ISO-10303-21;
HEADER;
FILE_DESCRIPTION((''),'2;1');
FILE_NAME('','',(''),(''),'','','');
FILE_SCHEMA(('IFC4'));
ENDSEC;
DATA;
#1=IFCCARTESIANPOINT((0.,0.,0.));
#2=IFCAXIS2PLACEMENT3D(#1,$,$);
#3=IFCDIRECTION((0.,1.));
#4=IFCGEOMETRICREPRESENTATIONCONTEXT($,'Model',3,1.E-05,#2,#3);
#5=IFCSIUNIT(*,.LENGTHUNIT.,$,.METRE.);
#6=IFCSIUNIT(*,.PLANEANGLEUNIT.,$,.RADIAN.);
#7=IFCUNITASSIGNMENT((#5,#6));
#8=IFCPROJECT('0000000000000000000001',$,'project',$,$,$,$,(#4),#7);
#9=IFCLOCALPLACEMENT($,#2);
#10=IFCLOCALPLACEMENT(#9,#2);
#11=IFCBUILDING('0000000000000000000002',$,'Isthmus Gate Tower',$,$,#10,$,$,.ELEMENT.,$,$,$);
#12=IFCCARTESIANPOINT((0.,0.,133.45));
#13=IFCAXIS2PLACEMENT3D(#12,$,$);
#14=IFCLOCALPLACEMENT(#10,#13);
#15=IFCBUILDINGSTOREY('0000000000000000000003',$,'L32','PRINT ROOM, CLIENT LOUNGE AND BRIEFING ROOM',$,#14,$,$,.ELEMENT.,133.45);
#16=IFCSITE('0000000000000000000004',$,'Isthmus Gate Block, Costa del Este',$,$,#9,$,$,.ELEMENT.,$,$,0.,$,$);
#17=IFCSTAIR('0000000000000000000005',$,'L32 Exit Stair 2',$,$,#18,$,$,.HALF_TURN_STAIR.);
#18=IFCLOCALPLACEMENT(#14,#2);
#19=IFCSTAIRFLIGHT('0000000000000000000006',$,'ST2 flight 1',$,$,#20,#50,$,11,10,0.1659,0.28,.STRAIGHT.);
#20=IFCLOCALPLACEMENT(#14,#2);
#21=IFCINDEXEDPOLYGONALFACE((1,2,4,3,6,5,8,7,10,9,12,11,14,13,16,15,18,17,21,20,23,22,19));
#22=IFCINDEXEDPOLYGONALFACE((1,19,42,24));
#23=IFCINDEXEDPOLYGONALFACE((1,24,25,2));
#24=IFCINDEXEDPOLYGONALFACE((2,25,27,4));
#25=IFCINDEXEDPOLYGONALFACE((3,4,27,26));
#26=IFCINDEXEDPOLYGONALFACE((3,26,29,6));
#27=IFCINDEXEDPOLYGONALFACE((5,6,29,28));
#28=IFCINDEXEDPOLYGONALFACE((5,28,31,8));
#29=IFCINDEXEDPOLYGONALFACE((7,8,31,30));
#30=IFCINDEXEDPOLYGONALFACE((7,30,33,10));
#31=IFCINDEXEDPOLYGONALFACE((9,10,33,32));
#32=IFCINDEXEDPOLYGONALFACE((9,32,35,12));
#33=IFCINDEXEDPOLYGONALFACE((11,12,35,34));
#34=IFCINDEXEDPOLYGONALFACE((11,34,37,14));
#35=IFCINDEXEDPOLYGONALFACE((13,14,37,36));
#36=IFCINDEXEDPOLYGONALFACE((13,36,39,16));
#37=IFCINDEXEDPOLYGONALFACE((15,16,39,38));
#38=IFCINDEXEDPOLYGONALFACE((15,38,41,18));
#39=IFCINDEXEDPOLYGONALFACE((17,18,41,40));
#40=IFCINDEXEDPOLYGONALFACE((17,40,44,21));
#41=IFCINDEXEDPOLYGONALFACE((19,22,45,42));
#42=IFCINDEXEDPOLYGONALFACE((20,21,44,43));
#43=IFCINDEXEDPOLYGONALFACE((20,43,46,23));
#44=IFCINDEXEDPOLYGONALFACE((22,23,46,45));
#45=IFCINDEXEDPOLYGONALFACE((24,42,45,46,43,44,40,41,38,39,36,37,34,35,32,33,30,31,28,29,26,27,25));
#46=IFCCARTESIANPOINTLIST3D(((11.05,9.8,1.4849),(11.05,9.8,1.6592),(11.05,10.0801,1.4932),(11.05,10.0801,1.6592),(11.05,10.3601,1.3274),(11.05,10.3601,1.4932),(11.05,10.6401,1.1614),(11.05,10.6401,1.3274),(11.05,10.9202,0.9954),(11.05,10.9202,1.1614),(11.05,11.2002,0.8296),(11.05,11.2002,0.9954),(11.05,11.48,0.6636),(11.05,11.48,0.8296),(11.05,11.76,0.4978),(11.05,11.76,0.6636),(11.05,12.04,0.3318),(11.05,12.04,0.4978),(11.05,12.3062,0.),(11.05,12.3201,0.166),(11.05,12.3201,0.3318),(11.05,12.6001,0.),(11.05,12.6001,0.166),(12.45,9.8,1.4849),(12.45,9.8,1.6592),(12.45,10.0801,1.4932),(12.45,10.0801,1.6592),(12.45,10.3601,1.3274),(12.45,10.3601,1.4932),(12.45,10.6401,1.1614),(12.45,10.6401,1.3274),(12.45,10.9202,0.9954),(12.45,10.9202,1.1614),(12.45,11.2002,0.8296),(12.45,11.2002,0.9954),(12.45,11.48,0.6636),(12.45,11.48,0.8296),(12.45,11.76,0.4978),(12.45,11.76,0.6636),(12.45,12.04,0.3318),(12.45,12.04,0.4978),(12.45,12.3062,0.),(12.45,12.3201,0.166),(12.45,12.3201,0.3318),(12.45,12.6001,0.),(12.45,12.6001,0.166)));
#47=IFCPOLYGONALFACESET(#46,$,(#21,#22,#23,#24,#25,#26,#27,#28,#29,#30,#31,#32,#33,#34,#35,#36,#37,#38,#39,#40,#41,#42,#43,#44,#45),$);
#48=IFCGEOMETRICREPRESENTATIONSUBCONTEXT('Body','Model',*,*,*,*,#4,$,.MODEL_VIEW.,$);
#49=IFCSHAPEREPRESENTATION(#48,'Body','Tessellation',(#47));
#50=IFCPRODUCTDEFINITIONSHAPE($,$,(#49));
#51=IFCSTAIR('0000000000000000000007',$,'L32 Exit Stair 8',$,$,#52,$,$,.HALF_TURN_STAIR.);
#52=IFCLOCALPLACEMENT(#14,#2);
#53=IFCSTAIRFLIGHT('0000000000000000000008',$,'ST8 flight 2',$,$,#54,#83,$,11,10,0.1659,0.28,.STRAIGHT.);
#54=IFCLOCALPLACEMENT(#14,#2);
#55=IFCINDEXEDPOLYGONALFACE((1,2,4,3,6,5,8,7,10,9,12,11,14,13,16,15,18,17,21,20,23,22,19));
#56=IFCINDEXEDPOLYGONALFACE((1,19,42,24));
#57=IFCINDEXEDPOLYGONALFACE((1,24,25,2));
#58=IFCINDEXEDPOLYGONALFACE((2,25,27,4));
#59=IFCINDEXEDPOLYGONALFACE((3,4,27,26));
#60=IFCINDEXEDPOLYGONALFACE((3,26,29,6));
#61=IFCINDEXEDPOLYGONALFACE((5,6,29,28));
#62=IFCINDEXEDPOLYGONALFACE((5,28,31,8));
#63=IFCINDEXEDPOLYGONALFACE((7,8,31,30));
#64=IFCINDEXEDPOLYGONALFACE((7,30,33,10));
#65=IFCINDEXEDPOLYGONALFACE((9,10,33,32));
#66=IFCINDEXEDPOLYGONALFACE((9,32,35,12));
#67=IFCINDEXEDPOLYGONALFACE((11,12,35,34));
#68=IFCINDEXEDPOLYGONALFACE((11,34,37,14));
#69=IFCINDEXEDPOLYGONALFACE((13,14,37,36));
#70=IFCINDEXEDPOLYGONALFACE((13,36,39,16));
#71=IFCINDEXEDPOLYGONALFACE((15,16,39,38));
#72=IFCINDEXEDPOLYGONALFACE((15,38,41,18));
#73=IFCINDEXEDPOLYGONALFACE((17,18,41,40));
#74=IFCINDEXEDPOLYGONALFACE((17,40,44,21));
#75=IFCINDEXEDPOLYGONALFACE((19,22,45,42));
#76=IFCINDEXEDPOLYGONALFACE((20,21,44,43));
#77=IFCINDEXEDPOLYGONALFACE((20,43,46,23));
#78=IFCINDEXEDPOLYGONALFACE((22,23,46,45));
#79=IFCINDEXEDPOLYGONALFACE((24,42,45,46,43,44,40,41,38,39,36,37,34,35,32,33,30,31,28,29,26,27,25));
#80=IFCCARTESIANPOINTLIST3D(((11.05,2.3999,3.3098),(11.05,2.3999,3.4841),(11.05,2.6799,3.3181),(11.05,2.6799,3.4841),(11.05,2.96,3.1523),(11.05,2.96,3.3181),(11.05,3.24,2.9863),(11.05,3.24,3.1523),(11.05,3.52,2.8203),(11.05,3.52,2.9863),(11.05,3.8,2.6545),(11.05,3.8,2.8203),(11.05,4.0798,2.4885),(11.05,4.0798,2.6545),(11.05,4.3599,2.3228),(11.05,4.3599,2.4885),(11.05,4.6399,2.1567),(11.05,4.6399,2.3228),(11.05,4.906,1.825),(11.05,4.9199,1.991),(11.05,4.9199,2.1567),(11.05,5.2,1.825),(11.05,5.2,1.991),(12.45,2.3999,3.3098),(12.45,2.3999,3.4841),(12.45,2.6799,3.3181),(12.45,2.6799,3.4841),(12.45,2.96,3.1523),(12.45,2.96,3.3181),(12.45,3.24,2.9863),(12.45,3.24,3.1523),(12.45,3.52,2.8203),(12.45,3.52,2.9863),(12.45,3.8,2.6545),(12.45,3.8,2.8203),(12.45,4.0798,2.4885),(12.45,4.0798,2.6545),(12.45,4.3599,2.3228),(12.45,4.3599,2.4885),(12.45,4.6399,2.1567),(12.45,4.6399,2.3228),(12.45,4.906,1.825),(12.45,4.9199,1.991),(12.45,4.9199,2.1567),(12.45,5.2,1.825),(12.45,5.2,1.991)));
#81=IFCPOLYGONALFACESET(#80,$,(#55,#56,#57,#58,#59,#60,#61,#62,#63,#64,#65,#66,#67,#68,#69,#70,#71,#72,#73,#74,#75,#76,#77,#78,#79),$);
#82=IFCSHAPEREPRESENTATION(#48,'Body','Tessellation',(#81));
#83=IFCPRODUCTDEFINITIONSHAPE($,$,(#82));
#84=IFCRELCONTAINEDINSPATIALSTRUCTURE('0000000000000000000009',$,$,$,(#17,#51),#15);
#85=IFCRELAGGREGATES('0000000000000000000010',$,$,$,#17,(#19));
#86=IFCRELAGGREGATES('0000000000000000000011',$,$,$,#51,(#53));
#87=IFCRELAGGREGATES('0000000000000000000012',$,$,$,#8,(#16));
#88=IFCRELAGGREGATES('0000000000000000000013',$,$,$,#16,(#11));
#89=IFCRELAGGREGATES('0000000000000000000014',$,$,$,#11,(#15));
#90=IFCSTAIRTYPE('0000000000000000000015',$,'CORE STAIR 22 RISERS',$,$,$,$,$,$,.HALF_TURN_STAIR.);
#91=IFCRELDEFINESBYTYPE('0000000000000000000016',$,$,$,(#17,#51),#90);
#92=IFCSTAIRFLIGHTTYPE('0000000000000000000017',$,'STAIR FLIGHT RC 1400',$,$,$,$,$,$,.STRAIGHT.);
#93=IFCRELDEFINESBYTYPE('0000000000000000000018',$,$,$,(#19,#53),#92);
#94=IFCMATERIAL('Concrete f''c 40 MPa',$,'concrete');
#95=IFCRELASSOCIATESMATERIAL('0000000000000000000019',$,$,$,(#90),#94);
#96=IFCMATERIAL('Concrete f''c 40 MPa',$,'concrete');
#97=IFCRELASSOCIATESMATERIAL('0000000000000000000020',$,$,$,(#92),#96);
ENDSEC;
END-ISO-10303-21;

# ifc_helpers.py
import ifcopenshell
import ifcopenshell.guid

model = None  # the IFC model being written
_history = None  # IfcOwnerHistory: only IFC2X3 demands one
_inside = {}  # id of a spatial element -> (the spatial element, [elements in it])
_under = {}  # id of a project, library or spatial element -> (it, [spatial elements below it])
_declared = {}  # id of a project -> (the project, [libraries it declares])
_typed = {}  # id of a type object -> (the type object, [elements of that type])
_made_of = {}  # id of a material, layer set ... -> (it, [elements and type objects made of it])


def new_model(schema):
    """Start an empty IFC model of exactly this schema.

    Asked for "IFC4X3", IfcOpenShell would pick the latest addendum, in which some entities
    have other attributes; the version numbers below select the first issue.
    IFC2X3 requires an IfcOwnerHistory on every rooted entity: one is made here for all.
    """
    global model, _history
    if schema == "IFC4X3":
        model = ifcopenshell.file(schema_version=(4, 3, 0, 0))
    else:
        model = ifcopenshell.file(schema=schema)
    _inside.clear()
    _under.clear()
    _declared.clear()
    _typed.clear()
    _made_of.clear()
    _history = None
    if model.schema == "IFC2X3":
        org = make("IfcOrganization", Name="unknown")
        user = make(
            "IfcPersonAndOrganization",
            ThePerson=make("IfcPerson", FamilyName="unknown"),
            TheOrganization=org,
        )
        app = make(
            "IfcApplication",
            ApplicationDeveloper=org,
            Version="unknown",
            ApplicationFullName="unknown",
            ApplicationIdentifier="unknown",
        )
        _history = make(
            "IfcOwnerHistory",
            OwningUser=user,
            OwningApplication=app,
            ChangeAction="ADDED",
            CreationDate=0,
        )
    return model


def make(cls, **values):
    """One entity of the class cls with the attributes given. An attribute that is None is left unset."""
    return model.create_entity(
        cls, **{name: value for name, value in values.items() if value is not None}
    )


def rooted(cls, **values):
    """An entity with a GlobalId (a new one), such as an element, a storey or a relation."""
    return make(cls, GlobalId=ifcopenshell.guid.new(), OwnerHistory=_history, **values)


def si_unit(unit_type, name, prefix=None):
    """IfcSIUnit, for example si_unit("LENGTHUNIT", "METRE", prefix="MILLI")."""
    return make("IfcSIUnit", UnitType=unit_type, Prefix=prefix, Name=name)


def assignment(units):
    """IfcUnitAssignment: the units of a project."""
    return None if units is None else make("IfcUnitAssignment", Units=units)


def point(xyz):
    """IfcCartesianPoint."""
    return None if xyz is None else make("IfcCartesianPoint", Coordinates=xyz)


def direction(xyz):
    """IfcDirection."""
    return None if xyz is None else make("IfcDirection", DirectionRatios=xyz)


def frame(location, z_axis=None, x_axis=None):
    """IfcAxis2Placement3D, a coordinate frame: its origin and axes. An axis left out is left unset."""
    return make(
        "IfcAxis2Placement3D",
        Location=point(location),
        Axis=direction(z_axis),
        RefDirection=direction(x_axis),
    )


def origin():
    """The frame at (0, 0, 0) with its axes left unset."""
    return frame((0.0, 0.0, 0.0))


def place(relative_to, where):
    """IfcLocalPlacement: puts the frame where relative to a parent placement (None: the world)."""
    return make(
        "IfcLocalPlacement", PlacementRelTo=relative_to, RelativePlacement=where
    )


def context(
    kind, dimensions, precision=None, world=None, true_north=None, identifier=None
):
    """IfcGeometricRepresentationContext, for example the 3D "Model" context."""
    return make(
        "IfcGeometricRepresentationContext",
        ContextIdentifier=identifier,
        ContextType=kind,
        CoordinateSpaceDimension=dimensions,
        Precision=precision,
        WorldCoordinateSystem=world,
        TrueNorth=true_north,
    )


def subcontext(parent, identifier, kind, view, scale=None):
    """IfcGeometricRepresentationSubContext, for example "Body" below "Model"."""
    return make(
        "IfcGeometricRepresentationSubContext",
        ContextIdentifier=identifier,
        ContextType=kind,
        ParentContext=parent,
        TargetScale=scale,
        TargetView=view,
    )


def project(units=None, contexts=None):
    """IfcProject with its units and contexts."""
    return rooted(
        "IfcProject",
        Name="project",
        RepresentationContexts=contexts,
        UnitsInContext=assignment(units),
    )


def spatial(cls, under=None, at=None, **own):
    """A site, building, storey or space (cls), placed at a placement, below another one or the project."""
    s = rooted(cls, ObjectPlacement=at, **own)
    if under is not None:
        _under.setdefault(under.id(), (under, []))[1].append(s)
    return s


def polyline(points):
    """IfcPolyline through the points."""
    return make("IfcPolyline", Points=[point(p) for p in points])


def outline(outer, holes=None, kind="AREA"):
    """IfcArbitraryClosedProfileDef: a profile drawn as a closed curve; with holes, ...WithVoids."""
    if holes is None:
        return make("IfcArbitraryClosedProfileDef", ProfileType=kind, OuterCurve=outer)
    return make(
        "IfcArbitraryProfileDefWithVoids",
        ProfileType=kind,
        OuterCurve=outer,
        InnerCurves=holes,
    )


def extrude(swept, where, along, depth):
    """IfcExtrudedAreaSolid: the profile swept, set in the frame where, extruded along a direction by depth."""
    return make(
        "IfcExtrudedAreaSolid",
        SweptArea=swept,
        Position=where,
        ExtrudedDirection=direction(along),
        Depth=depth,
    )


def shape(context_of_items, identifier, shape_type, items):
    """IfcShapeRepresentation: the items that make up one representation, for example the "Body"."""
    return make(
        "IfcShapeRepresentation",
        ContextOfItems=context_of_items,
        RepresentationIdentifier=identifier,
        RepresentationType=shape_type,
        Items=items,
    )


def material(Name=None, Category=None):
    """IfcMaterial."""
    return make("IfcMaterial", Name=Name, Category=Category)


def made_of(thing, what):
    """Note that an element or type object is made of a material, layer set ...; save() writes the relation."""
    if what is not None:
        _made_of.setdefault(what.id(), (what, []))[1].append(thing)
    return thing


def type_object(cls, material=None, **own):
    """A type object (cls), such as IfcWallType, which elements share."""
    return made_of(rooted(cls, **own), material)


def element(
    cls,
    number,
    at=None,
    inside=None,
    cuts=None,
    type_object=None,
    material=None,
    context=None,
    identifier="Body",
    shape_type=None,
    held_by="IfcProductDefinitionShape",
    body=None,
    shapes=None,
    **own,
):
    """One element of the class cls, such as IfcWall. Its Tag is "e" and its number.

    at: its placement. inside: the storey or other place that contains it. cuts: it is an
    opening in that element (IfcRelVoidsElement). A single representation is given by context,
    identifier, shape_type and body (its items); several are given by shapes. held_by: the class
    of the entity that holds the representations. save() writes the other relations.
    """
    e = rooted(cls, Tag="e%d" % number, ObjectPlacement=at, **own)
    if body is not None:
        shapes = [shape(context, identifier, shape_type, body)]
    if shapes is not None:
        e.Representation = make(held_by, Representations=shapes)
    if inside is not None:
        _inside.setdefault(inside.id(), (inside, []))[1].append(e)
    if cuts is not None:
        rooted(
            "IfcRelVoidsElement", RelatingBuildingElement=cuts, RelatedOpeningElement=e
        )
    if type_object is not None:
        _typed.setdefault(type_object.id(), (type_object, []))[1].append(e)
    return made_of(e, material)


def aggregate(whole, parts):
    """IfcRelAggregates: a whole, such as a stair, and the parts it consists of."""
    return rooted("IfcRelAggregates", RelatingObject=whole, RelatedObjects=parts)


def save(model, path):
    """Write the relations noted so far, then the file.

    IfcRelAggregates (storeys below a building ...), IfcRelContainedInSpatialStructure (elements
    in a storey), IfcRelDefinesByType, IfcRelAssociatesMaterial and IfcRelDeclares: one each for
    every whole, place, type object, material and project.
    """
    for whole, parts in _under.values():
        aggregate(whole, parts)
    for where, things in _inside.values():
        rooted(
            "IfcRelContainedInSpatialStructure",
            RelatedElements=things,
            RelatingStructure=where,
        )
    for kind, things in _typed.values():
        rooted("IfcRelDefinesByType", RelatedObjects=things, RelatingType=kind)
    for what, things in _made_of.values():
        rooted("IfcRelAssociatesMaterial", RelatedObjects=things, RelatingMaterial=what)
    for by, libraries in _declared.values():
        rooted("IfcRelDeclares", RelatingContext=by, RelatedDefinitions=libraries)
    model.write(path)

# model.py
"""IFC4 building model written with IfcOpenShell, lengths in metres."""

from ifc_helpers import new_model, si_unit, direction, frame, origin, place, context, subcontext, project, spatial, polyline, outline, extrude, material, type_object, element, aggregate, save


model = new_model("IFC4")

# Units and contexts
model_context = context("Model", 3, precision=1e-05, world=origin(), true_north=direction((0.0, 1.0)))
body_context = subcontext(model_context, "Body", "Model", "MODEL_VIEW")
ifc_project = project(units=[si_unit("LENGTHUNIT", "METRE"), si_unit("PLANEANGLEUNIT", "RADIAN")], contexts=[model_context])

# Site, building, storey
site_placement = place(None, origin())
site = spatial("IfcSite", under=ifc_project, at=site_placement, Name="Isthmus Gate Block, Costa del Este", CompositionType="ELEMENT", RefElevation=0.0)
building_placement = place(site_placement, origin())
building = spatial("IfcBuilding", under=site, at=building_placement, Name="Isthmus Gate Tower", CompositionType="ELEMENT")
storey_placement = place(building_placement, frame((0.0, 0.0, 133.45)))
storey = spatial("IfcBuildingStorey", under=building, at=storey_placement, Name="L32", Description="PRINT ROOM, CLIENT LOUNGE AND BRIEFING ROOM", CompositionType="ELEMENT", Elevation=133.45)

# Stairs, stair flights
ifc_material_1 = material(Name="Concrete f'c 40 MPa", Category="concrete")
stair_type = type_object("IfcStairType", Name="CORE STAIR 22 RISERS", PredefinedType="HALF_TURN_STAIR", material=ifc_material_1)
stair_1_placement = place(storey_placement, origin())
stair_1 = element("IfcStair", 1, at=stair_1_placement, inside=storey, type_object=stair_type, Name="L32 Exit Stair 2", PredefinedType="HALF_TURN_STAIR")
ifc_material_2 = material(Name="Concrete f'c 40 MPa", Category="concrete")
stair_flight_type = type_object("IfcStairFlightType", Name="STAIR FLIGHT RC 1400", PredefinedType="STRAIGHT", material=ifc_material_2)
stair_flight_1_placement = place(storey_placement, frame((11.75, 12.6001, 0.0), z_axis=(0.0, 0.0, 1.0), x_axis=(0.0, -1.0, 0.0)))
stair_flight_1 = element("IfcStairFlight", 2, at=stair_flight_1_placement, type_object=stair_flight_type, Name="ST2 flight 1", NumberOfRisers=11, NumberOfTreads=10, PredefinedType="STRAIGHT", RiserHeight=0.1659, TreadLength=0.28, context=body_context, shape_type="SweptSolid", body=[
    extrude(outline(polyline([(0.0, 0.0), (0.0, 0.166), (0.28, 0.166), (0.28, 0.3318), (0.5601, 0.3318), (0.5601, 0.4978), (0.8401, 0.4978), (0.8401, 0.6636), (1.1201, 0.6636), (1.1201, 0.8296), (1.3999, 0.8296), (1.3999, 0.9954), (1.6799, 0.9954), (1.6799, 1.1614), (1.96, 1.1614), (1.96, 1.3274), (2.24, 1.3274), (2.24, 1.4932), (2.52, 1.4932), (2.52, 1.6592), (2.8, 1.6592), (2.8, 1.825), (2.8, 1.4849), (0.2939, 0.0), (0.0, 0.0)])), frame((0.0, 0.7, 0.0), z_axis=(0.0, -1.0, 0.0), x_axis=(1.0, 0.0, 0.0)), (0.0, 0.0, 1.0), 1.3999),
])
aggregate(stair_1, [stair_flight_1])
stair_2_placement = place(storey_placement, origin())
stair_2 = element("IfcStair", 3, at=stair_2_placement, inside=storey, type_object=stair_type, Name="L32 Exit Stair 8", PredefinedType="HALF_TURN_STAIR")
stair_flight_2_placement = place(storey_placement, frame((11.75, 5.2, 1.825), z_axis=(0.0, 0.0, 1.0), x_axis=(0.0, -1.0, 0.0)))
stair_flight_2 = element("IfcStairFlight", 4, at=stair_flight_2_placement, type_object=stair_flight_type, Name="ST8 flight 2", NumberOfRisers=11, NumberOfTreads=10, PredefinedType="STRAIGHT", RiserHeight=0.1659, TreadLength=0.28, context=body_context, shape_type="SweptSolid", body=[
    extrude(outline(polyline([(0.0, 0.0), (0.0, 0.166), (0.28, 0.166), (0.28, 0.3318), (0.5601, 0.3318), (0.5601, 0.4978), (0.8401, 0.4978), (0.8401, 0.6636), (1.1201, 0.6636), (1.1201, 0.8296), (1.3999, 0.8296), (1.3999, 0.9954), (1.6799, 0.9954), (1.6799, 1.1614), (1.96, 1.1614), (1.96, 1.3274), (2.24, 1.3274), (2.24, 1.4932), (2.52, 1.4932), (2.52, 1.6592), (2.8, 1.6592), (2.8, 1.825), (2.8, 1.4849), (0.2939, 0.0), (0.0, 0.0)])), frame((0.0, 0.7, 0.0), z_axis=(0.0, -1.0, 0.0), x_axis=(1.0, 0.0, 0.0)), (0.0, 0.0, 1.0), 1.3999),
])
aggregate(stair_2, [stair_flight_2])

save(model, "model.ifc")
